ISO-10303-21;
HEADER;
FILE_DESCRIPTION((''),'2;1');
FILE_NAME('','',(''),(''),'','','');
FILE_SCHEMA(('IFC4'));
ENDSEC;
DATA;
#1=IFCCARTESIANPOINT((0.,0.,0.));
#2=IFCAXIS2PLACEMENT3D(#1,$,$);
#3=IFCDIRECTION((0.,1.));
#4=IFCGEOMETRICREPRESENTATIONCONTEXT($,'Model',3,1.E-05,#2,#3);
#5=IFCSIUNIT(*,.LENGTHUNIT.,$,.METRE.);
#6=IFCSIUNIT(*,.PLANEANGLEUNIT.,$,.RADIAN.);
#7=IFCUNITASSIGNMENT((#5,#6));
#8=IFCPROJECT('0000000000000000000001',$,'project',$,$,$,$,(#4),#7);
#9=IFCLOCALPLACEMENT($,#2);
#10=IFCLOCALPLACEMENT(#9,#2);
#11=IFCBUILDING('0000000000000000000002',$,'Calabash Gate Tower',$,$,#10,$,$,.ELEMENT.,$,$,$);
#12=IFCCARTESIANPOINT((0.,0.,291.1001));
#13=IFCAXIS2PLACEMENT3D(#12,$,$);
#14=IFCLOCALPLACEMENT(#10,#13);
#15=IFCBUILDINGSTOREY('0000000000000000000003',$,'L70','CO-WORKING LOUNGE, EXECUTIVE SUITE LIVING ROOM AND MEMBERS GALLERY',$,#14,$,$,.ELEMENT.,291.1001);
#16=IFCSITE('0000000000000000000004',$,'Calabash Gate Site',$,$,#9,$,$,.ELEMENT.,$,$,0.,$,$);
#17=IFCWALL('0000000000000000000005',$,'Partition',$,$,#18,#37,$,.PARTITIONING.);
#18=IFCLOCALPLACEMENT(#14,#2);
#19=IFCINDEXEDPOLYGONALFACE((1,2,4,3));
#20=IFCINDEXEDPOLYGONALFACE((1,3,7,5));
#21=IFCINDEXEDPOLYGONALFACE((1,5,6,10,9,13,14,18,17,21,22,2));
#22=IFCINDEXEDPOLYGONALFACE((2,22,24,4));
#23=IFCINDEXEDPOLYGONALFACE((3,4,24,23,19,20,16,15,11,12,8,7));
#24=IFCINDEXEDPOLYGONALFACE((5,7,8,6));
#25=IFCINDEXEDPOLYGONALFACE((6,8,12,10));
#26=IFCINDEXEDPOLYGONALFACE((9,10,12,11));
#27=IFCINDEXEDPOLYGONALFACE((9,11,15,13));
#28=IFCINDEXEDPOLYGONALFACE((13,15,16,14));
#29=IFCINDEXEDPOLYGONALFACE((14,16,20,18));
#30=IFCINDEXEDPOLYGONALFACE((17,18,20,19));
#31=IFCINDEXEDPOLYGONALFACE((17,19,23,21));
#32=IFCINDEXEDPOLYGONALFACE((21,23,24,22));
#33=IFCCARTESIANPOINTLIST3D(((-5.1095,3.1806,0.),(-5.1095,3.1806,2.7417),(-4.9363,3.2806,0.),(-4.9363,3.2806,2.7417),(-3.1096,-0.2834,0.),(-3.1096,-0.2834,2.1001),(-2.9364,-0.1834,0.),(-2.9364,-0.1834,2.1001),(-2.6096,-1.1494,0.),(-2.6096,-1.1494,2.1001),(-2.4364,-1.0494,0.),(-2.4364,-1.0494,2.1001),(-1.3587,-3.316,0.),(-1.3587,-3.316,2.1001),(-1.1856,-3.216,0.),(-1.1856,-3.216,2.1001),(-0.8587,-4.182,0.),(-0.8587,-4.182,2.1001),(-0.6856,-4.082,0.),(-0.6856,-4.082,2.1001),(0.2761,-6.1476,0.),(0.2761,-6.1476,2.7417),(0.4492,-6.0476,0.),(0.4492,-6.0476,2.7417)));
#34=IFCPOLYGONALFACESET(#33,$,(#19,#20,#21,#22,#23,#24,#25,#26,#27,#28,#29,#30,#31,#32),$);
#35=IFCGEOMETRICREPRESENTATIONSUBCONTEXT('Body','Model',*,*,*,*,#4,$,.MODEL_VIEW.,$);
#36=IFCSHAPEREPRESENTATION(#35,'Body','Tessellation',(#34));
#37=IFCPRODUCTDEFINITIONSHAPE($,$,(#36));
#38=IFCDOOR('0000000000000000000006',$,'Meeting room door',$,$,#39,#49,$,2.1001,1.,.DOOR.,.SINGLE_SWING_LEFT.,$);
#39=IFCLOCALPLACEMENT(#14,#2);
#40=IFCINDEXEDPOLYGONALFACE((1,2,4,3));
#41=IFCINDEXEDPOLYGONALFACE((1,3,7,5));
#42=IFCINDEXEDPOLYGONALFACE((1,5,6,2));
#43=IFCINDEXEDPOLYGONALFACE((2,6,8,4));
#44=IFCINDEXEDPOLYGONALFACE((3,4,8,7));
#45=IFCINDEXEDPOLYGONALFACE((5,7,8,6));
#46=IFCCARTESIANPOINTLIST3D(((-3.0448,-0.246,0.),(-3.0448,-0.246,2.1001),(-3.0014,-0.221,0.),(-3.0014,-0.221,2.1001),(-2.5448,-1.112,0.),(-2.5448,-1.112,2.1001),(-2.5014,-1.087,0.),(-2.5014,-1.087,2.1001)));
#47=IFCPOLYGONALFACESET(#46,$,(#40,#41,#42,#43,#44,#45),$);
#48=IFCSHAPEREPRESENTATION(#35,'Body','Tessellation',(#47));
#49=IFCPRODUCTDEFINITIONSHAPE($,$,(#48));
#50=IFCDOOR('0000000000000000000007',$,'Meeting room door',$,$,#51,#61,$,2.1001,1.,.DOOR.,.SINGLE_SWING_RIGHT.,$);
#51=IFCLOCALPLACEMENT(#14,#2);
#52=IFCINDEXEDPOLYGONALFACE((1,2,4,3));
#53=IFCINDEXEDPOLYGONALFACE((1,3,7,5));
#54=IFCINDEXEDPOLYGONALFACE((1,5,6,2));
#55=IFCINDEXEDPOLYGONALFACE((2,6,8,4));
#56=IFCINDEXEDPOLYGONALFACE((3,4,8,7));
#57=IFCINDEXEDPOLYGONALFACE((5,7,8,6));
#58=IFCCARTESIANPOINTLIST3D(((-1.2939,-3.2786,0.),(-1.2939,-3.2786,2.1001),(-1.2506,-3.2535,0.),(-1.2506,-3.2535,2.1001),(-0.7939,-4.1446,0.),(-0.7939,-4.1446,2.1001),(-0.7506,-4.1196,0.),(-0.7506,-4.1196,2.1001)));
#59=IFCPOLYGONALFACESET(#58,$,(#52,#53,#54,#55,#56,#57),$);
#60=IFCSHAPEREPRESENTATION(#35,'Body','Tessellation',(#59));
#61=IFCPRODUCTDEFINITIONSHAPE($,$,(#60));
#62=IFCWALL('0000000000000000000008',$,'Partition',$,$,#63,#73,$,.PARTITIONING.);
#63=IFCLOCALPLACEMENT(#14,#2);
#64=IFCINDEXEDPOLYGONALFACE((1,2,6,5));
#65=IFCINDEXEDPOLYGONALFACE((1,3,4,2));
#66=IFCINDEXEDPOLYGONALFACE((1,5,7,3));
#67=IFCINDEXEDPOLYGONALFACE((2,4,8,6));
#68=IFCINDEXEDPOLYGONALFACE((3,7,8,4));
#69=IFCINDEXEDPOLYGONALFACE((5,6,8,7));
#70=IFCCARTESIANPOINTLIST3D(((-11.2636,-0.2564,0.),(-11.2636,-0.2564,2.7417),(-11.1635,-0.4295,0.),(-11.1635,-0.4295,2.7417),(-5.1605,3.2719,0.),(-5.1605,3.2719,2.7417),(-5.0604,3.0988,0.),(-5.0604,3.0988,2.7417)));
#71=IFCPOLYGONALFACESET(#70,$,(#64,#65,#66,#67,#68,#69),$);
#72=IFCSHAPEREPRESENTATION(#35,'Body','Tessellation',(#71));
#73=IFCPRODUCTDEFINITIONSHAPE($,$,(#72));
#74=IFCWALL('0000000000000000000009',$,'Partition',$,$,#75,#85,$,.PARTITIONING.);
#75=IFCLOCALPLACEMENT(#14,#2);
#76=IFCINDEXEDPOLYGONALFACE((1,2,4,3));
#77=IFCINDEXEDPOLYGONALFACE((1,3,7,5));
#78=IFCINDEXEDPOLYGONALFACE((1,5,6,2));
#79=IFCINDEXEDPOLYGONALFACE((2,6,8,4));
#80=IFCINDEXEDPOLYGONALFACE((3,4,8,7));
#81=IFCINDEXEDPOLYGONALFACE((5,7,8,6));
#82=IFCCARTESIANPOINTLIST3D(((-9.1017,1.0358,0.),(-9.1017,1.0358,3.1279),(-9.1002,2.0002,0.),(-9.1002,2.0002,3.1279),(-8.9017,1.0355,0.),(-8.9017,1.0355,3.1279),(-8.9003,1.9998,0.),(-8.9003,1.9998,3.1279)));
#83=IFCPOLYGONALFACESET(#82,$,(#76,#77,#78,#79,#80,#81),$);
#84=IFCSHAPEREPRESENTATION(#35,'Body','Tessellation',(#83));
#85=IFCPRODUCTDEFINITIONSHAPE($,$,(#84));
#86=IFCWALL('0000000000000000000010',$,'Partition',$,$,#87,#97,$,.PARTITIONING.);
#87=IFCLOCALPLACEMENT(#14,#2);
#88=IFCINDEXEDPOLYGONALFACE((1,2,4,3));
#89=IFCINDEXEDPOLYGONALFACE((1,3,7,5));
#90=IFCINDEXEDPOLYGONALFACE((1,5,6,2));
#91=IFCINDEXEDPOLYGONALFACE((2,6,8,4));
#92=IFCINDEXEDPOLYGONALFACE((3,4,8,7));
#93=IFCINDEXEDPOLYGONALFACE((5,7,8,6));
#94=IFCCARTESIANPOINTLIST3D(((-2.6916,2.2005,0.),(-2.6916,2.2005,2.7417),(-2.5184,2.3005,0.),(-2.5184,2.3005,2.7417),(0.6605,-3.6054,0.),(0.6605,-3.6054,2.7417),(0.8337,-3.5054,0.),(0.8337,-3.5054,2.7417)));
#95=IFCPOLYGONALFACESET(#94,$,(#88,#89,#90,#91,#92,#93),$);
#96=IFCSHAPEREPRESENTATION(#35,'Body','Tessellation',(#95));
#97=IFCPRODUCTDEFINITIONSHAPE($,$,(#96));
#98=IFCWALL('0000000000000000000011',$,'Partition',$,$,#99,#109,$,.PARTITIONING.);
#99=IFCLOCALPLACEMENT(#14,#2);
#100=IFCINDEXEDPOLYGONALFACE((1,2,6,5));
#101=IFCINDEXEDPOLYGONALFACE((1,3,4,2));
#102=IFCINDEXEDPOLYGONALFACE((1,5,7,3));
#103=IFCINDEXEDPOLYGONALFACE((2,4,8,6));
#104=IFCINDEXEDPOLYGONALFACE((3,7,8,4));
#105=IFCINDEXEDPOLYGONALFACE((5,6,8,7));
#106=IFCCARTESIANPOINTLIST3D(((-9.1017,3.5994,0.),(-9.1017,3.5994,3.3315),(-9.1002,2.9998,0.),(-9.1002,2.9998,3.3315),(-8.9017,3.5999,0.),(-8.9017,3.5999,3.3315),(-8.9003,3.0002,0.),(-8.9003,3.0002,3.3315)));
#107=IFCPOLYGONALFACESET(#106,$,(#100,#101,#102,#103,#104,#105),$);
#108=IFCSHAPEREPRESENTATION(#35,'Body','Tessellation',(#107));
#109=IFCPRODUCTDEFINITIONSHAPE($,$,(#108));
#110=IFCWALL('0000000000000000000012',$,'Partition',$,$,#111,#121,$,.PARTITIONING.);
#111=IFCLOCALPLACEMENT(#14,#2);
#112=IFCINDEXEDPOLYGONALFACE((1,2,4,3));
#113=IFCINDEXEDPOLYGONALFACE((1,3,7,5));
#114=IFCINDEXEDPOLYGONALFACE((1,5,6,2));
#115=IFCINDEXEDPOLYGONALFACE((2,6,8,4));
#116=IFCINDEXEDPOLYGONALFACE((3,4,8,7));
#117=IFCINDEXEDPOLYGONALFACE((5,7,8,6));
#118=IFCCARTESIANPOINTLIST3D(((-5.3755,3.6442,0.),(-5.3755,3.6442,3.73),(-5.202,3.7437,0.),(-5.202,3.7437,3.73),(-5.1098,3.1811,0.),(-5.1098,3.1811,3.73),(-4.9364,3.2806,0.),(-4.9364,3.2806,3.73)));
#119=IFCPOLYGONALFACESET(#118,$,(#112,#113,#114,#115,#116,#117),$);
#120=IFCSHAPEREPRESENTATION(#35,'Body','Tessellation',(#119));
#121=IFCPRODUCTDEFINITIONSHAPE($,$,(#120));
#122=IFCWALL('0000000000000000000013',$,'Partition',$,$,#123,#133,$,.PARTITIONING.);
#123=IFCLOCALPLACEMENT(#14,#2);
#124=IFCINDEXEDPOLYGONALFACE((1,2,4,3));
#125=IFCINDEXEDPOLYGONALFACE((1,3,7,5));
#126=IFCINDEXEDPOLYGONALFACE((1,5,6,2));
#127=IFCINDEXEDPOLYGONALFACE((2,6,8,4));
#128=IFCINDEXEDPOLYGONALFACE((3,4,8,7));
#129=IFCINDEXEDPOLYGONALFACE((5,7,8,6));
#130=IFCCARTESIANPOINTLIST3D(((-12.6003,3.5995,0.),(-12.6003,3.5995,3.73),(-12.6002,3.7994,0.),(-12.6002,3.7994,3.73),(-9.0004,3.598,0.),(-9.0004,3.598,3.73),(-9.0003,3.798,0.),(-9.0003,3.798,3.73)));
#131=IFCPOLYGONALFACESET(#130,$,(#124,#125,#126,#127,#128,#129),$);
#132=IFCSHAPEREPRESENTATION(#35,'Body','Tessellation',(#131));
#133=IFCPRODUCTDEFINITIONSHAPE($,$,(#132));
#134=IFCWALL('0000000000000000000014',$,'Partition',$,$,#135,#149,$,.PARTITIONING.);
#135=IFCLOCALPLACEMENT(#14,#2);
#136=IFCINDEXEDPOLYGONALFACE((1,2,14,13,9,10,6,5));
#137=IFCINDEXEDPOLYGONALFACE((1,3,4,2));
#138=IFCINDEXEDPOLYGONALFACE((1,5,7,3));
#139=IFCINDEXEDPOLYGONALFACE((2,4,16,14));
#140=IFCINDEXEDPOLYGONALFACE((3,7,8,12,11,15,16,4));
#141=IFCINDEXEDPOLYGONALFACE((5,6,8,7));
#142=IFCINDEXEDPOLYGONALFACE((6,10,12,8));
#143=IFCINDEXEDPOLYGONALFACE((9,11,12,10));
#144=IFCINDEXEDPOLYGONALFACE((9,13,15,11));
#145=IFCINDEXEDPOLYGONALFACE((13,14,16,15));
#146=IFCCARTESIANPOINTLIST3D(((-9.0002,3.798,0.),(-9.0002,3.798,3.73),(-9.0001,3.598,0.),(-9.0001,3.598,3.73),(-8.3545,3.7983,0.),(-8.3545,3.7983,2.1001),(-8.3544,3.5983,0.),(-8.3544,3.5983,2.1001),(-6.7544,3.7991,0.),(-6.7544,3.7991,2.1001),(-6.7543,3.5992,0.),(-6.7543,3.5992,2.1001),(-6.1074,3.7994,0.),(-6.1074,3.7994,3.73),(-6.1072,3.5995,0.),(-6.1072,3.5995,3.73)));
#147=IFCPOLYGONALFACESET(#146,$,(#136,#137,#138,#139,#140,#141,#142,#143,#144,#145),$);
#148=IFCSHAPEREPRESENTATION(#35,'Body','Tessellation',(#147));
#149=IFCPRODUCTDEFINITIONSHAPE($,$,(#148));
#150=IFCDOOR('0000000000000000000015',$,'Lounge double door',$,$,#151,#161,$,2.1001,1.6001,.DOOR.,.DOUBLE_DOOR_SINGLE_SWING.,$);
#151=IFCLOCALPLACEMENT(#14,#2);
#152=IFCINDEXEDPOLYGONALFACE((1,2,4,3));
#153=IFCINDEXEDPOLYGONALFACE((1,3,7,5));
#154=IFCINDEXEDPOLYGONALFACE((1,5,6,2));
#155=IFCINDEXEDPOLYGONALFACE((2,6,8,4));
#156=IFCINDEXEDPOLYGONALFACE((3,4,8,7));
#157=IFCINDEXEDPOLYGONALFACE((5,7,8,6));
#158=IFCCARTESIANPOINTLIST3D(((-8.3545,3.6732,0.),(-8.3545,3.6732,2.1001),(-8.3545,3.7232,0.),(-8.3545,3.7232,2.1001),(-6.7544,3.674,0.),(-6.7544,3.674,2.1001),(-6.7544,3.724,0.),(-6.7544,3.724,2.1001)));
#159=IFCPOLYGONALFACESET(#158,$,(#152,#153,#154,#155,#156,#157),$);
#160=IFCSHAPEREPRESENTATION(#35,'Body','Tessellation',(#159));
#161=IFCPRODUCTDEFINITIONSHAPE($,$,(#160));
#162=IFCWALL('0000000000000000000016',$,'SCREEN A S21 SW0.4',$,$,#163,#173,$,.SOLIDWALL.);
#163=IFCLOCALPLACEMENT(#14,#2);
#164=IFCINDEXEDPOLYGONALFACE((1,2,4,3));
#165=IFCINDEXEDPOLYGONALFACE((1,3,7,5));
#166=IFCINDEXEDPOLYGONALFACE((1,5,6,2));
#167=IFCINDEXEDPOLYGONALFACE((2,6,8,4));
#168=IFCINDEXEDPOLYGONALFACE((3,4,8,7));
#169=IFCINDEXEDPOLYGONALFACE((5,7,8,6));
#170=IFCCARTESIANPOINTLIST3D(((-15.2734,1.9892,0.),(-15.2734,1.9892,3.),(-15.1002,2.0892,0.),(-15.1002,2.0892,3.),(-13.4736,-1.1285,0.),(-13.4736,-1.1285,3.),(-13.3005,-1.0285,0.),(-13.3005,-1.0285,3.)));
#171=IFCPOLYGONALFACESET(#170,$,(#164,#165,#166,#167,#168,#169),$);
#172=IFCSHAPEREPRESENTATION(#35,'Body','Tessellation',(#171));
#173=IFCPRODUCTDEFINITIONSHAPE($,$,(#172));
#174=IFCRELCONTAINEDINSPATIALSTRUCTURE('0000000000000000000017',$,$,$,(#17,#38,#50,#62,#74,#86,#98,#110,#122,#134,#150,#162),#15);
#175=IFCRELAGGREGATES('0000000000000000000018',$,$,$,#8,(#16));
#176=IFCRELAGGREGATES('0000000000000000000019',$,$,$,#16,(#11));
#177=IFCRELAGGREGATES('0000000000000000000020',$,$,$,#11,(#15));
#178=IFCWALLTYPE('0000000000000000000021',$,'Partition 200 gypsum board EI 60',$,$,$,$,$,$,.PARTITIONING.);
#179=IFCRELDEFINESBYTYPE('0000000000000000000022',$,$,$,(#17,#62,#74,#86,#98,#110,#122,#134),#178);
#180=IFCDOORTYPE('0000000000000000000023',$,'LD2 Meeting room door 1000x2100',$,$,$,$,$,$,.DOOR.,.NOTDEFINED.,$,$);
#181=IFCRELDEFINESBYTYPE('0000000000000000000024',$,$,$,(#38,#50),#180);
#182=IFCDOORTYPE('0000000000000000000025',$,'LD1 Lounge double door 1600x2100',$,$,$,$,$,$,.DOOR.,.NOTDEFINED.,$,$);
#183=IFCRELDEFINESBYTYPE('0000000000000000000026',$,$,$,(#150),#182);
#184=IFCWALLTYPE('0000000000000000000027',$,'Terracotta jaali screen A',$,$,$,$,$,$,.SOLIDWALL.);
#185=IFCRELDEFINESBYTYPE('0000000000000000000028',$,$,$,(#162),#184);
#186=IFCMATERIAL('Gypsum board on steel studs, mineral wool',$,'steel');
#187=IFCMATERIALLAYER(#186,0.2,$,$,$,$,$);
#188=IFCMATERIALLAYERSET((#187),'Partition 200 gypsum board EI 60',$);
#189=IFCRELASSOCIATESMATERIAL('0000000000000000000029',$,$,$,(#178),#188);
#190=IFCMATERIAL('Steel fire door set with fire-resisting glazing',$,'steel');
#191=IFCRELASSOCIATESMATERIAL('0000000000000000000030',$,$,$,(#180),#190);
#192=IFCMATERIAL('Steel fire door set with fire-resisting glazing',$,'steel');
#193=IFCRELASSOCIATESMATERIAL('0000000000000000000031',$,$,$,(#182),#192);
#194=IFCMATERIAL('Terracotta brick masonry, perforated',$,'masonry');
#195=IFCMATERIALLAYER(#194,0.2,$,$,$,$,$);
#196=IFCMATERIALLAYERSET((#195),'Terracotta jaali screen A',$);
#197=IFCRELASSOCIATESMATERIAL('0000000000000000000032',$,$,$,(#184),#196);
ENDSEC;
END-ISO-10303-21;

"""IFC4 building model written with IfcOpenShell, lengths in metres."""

from ifc_helpers import new_model, si_unit, direction, frame, frame_2d, origin, place, context, subcontext, project, spatial, rectangle, extrude, material, layer, layer_set, type_object, element, fill, save


model = new_model("IFC4")

# Units and contexts
model_context = context("Model", 3, precision=1e-05, world=origin(), true_north=direction((0.0, 1.0)))
body_context = subcontext(model_context, "Body", "Model", "MODEL_VIEW")
ifc_project = project(units=[si_unit("LENGTHUNIT", "METRE"), si_unit("PLANEANGLEUNIT", "RADIAN")], contexts=[model_context])

# Site, building, storey
site_placement = place(None, origin())
site = spatial("IfcSite", under=ifc_project, at=site_placement, Name="Calabash Gate Site", CompositionType="ELEMENT", RefElevation=0.0)
building_placement = place(site_placement, origin())
building = spatial("IfcBuilding", under=site, at=building_placement, Name="Calabash Gate Tower", CompositionType="ELEMENT")
storey_placement = place(building_placement, frame((0.0, 0.0, 291.1001)))
storey = spatial("IfcBuildingStorey", under=building, at=storey_placement, Name="L70", Description="CO-WORKING LOUNGE, EXECUTIVE SUITE LIVING ROOM AND MEMBERS GALLERY", CompositionType="ELEMENT", Elevation=291.1001)

# Wall, openings, doors
ifc_material_1 = material(Name="Gypsum board on steel studs, mineral wool", Category="steel")
ifc_layer_1 = layer(ifc_material_1, 0.2)
ifc_layer_set_1 = layer_set([ifc_layer_1], Name="Partition 200 gypsum board EI 60")
wall_type_1 = type_object("IfcWallType", Name="Partition 200 gypsum board EI 60", PredefinedType="PARTITIONING", material=ifc_layer_set_1)
wall_1_placement = place(storey_placement, frame((-5.0229, 3.2307, 0.0), z_axis=(0.0, 0.0, 1.0), x_axis=(0.499993, -0.866029, 0.0)))
wall_1 = element("IfcWall", 1, at=wall_1_placement, inside=storey, type_object=wall_type_1, Name="Partition", PredefinedType="PARTITIONING", context=body_context, shape_type="SweptSolid", body=[
    extrude(rectangle(XDim=10.7712, YDim=0.2, at=frame_2d((5.3857, 0.0))), origin(), (0.0, 0.0, 1.0), 2.7417),
])
opening_1_placement = place(wall_1_placement, frame((4.0, 0.0, 0.0)))
opening_1 = element("IfcOpeningElement", 2, at=opening_1_placement, cuts=wall_1, PredefinedType="OPENING", context=body_context, shape_type="SweptSolid", body=[
    extrude(rectangle(XDim=1.0, YDim=2.1001, at=frame_2d((0.5, 1.05))), frame((0.0, 0.1099, 0.0), z_axis=(0.0, -1.0, 0.0), x_axis=(1.0, 0.0, 0.0)), (0.0, 0.0, 1.0), 0.22),
])
opening_2_placement = place(wall_1_placement, frame((7.5017, 0.0, 0.0)))
opening_2 = element("IfcOpeningElement", 3, at=opening_2_placement, cuts=wall_1, PredefinedType="OPENING", context=body_context, shape_type="SweptSolid", body=[
    extrude(rectangle(XDim=1.0, YDim=2.1001, at=frame_2d((0.5, 1.05))), frame((0.0, 0.1099, 0.0), z_axis=(0.0, -1.0, 0.0), x_axis=(1.0, 0.0, 0.0)), (0.0, 0.0, 1.0), 0.22),
])
ifc_material_2 = material(Name="Steel fire door set with fire-resisting glazing", Category="steel")
door_type_1 = type_object("IfcDoorType", Name="LD2 Meeting room door 1000x2100", OperationType="NOTDEFINED", PredefinedType="DOOR", material=ifc_material_2)
door_1_placement = place(opening_1_placement, origin())
door_1 = element("IfcDoor", 4, at=door_1_placement, inside=storey, type_object=door_type_1, Name="Meeting room door", OperationType="SINGLE_SWING_LEFT", OverallHeight=2.1001, OverallWidth=1.0, PredefinedType="DOOR", context=body_context, shape_type="SweptSolid", body=[
    extrude(rectangle(XDim=1.0, YDim=2.1001, at=frame_2d((0.5, 1.05))), frame((0.0, 0.0249, 0.0), z_axis=(0.0, -1.0, 0.0), x_axis=(1.0, 0.0, 0.0)), (0.0, 0.0, 1.0), 0.05),
])
fill(opening_1, door_1)
door_2_placement = place(opening_2_placement, origin())
door_2 = element("IfcDoor", 5, at=door_2_placement, inside=storey, type_object=door_type_1, Name="Meeting room door", OperationType="SINGLE_SWING_RIGHT", OverallHeight=2.1001, OverallWidth=1.0, PredefinedType="DOOR", context=body_context, shape_type="SweptSolid", body=[
    extrude(rectangle(XDim=1.0, YDim=2.1001, at=frame_2d((0.5, 1.05))), frame((0.0, 0.0249, 0.0), z_axis=(0.0, -1.0, 0.0), x_axis=(1.0, 0.0, 0.0)), (0.0, 0.0, 1.0), 0.05),
])
fill(opening_2, door_2)

# Walls
wall_2_placement = place(storey_placement, frame((-11.2136, -0.343, 0.0), z_axis=(0.0, 0.0, 1.0), x_axis=(0.865734, 0.500504, 0.0)))
element("IfcWall", 6, at=wall_2_placement, inside=storey, type_object=wall_type_1, Name="Partition", PredefinedType="PARTITIONING", context=body_context, shape_type="SweptSolid", body=[
    extrude(rectangle(XDim=7.0496, YDim=0.2, at=frame_2d((3.5249, 0.0))), origin(), (0.0, 0.0, 1.0), 2.7417),
])
wall_3_placement = place(storey_placement, frame((-9.0017, 1.0356, 0.0), z_axis=(0.0, 0.0, 1.0), x_axis=(0.001519, 0.999999, 0.0)))
element("IfcWall", 7, at=wall_3_placement, inside=storey, type_object=wall_type_1, Name="Partition", PredefinedType="PARTITIONING", context=body_context, shape_type="SweptSolid", body=[
    extrude(rectangle(XDim=0.9644, YDim=0.2, at=frame_2d((0.4822, 0.0))), origin(), (0.0, 0.0, 1.0), 3.1279),
])
wall_4_placement = place(storey_placement, frame((-2.605, 2.2505, 0.0), z_axis=(0.0, 0.0, 1.0), x_axis=(0.500001, -0.866025, 0.0)))
element("IfcWall", 8, at=wall_4_placement, inside=storey, type_object=wall_type_1, Name="Partition", PredefinedType="PARTITIONING", context=body_context, shape_type="SweptSolid", body=[
    extrude(rectangle(XDim=6.7041, YDim=0.2, at=frame_2d((3.3521, 0.0))), origin(), (0.0, 0.0, 1.0), 2.7417),
])
wall_5_placement = place(storey_placement, frame((-9.0017, 3.5996, 0.0), z_axis=(0.0, 0.0, 1.0), x_axis=(0.002443, -0.999997, 0.0)))
element("IfcWall", 9, at=wall_5_placement, inside=storey, type_object=wall_type_1, Name="Partition", PredefinedType="PARTITIONING", context=body_context, shape_type="SweptSolid", body=[
    extrude(rectangle(XDim=0.5996, YDim=0.2, at=frame_2d((0.2998, 0.0))), origin(), (0.0, 0.0, 1.0), 3.3315),
])
wall_6_placement = place(storey_placement, frame((-5.2888, 3.6941, 0.0), z_axis=(0.0, 0.0, 1.0), x_axis=(0.497517, -0.867454, 0.0)))
element("IfcWall", 10, at=wall_6_placement, inside=storey, type_object=wall_type_1, Name="Partition", PredefinedType="PARTITIONING", context=body_context, shape_type="SweptSolid", body=[
    extrude(rectangle(XDim=0.5339, YDim=0.2, at=frame_2d((0.2671, 0.0))), origin(), (0.0, 0.0, 1.0), 3.73),
])
wall_7_placement = place(storey_placement, frame((-12.6001, 3.6995, 0.0), z_axis=(0.0, 0.0, 1.0), x_axis=(1.0, -0.000407, 0.0)))
element("IfcWall", 11, at=wall_7_placement, inside=storey, type_object=wall_type_1, Name="Partition", PredefinedType="PARTITIONING", context=body_context, shape_type="SweptSolid", body=[
    extrude(rectangle(XDim=3.5999, YDim=0.2, at=frame_2d((1.7998, 0.0))), origin(), (0.0, 0.0, 1.0), 3.73),
])

# Wall, opening, door
wall_8_placement = place(storey_placement, frame((-9.0, 3.698, 0.0), z_axis=(0.0, 0.0, 1.0), x_axis=(1.0, 0.000506, 0.0)))
wall_8 = element("IfcWall", 12, at=wall_8_placement, inside=storey, type_object=wall_type_1, Name="Partition", PredefinedType="PARTITIONING", context=body_context, shape_type="SweptSolid", body=[
    extrude(rectangle(XDim=2.8928, YDim=0.2, at=frame_2d((1.4463, 0.0))), origin(), (0.0, 0.0, 1.0), 3.73),
])
opening_3_placement = place(wall_8_placement, frame((0.6455, 0.0, 0.0)))
opening_3 = element("IfcOpeningElement", 13, at=opening_3_placement, cuts=wall_8, PredefinedType="OPENING", context=body_context, shape_type="SweptSolid", body=[
    extrude(rectangle(XDim=1.6001, YDim=2.1001, at=frame_2d((0.8, 1.05))), frame((0.0, 0.1099, 0.0), z_axis=(0.0, -1.0, 0.0), x_axis=(1.0, 0.0, 0.0)), (0.0, 0.0, 1.0), 0.22),
])
ifc_material_3 = material(Name="Steel fire door set with fire-resisting glazing", Category="steel")
door_type_2 = type_object("IfcDoorType", Name="LD1 Lounge double door 1600x2100", OperationType="NOTDEFINED", PredefinedType="DOOR", material=ifc_material_3)
door_3_placement = place(opening_3_placement, origin())
door_3 = element("IfcDoor", 14, at=door_3_placement, inside=storey, type_object=door_type_2, Name="Lounge double door", OperationType="DOUBLE_DOOR_SINGLE_SWING", OverallHeight=2.1001, OverallWidth=1.6001, PredefinedType="DOOR", context=body_context, shape_type="SweptSolid", body=[
    extrude(rectangle(XDim=1.6001, YDim=2.1001, at=frame_2d((0.8, 1.05))), frame((0.0, 0.0249, 0.0), z_axis=(0.0, -1.0, 0.0), x_axis=(1.0, 0.0, 0.0)), (0.0, 0.0, 1.0), 0.05),
])
fill(opening_3, door_3)

# Wall
ifc_material_4 = material(Name="Terracotta brick masonry, perforated", Category="masonry")
ifc_layer_2 = layer(ifc_material_4, 0.2)
ifc_layer_set_2 = layer_set([ifc_layer_2], Name="Terracotta jaali screen A")
wall_type_2 = type_object("IfcWallType", Name="Terracotta jaali screen A", PredefinedType="SOLIDWALL", material=ifc_layer_set_2)
wall_9_placement = place(storey_placement, frame((-15.1868, 2.0391, 0.0), z_axis=(0.0, 0.0, 1.0), x_axis=(0.499961, -0.866048, 0.0)))
element("IfcWall", 15, at=wall_9_placement, inside=storey, type_object=wall_type_2, Name="SCREEN A S21 SW0.4", PredefinedType="SOLIDWALL", context=body_context, shape_type="SweptSolid", body=[
    extrude(rectangle(XDim=3.5999, YDim=0.2, at=frame_2d((1.7998, 0.0))), origin(), (0.0, 0.0, 1.0), 3.0),
])

save(model, "model.ifc")
